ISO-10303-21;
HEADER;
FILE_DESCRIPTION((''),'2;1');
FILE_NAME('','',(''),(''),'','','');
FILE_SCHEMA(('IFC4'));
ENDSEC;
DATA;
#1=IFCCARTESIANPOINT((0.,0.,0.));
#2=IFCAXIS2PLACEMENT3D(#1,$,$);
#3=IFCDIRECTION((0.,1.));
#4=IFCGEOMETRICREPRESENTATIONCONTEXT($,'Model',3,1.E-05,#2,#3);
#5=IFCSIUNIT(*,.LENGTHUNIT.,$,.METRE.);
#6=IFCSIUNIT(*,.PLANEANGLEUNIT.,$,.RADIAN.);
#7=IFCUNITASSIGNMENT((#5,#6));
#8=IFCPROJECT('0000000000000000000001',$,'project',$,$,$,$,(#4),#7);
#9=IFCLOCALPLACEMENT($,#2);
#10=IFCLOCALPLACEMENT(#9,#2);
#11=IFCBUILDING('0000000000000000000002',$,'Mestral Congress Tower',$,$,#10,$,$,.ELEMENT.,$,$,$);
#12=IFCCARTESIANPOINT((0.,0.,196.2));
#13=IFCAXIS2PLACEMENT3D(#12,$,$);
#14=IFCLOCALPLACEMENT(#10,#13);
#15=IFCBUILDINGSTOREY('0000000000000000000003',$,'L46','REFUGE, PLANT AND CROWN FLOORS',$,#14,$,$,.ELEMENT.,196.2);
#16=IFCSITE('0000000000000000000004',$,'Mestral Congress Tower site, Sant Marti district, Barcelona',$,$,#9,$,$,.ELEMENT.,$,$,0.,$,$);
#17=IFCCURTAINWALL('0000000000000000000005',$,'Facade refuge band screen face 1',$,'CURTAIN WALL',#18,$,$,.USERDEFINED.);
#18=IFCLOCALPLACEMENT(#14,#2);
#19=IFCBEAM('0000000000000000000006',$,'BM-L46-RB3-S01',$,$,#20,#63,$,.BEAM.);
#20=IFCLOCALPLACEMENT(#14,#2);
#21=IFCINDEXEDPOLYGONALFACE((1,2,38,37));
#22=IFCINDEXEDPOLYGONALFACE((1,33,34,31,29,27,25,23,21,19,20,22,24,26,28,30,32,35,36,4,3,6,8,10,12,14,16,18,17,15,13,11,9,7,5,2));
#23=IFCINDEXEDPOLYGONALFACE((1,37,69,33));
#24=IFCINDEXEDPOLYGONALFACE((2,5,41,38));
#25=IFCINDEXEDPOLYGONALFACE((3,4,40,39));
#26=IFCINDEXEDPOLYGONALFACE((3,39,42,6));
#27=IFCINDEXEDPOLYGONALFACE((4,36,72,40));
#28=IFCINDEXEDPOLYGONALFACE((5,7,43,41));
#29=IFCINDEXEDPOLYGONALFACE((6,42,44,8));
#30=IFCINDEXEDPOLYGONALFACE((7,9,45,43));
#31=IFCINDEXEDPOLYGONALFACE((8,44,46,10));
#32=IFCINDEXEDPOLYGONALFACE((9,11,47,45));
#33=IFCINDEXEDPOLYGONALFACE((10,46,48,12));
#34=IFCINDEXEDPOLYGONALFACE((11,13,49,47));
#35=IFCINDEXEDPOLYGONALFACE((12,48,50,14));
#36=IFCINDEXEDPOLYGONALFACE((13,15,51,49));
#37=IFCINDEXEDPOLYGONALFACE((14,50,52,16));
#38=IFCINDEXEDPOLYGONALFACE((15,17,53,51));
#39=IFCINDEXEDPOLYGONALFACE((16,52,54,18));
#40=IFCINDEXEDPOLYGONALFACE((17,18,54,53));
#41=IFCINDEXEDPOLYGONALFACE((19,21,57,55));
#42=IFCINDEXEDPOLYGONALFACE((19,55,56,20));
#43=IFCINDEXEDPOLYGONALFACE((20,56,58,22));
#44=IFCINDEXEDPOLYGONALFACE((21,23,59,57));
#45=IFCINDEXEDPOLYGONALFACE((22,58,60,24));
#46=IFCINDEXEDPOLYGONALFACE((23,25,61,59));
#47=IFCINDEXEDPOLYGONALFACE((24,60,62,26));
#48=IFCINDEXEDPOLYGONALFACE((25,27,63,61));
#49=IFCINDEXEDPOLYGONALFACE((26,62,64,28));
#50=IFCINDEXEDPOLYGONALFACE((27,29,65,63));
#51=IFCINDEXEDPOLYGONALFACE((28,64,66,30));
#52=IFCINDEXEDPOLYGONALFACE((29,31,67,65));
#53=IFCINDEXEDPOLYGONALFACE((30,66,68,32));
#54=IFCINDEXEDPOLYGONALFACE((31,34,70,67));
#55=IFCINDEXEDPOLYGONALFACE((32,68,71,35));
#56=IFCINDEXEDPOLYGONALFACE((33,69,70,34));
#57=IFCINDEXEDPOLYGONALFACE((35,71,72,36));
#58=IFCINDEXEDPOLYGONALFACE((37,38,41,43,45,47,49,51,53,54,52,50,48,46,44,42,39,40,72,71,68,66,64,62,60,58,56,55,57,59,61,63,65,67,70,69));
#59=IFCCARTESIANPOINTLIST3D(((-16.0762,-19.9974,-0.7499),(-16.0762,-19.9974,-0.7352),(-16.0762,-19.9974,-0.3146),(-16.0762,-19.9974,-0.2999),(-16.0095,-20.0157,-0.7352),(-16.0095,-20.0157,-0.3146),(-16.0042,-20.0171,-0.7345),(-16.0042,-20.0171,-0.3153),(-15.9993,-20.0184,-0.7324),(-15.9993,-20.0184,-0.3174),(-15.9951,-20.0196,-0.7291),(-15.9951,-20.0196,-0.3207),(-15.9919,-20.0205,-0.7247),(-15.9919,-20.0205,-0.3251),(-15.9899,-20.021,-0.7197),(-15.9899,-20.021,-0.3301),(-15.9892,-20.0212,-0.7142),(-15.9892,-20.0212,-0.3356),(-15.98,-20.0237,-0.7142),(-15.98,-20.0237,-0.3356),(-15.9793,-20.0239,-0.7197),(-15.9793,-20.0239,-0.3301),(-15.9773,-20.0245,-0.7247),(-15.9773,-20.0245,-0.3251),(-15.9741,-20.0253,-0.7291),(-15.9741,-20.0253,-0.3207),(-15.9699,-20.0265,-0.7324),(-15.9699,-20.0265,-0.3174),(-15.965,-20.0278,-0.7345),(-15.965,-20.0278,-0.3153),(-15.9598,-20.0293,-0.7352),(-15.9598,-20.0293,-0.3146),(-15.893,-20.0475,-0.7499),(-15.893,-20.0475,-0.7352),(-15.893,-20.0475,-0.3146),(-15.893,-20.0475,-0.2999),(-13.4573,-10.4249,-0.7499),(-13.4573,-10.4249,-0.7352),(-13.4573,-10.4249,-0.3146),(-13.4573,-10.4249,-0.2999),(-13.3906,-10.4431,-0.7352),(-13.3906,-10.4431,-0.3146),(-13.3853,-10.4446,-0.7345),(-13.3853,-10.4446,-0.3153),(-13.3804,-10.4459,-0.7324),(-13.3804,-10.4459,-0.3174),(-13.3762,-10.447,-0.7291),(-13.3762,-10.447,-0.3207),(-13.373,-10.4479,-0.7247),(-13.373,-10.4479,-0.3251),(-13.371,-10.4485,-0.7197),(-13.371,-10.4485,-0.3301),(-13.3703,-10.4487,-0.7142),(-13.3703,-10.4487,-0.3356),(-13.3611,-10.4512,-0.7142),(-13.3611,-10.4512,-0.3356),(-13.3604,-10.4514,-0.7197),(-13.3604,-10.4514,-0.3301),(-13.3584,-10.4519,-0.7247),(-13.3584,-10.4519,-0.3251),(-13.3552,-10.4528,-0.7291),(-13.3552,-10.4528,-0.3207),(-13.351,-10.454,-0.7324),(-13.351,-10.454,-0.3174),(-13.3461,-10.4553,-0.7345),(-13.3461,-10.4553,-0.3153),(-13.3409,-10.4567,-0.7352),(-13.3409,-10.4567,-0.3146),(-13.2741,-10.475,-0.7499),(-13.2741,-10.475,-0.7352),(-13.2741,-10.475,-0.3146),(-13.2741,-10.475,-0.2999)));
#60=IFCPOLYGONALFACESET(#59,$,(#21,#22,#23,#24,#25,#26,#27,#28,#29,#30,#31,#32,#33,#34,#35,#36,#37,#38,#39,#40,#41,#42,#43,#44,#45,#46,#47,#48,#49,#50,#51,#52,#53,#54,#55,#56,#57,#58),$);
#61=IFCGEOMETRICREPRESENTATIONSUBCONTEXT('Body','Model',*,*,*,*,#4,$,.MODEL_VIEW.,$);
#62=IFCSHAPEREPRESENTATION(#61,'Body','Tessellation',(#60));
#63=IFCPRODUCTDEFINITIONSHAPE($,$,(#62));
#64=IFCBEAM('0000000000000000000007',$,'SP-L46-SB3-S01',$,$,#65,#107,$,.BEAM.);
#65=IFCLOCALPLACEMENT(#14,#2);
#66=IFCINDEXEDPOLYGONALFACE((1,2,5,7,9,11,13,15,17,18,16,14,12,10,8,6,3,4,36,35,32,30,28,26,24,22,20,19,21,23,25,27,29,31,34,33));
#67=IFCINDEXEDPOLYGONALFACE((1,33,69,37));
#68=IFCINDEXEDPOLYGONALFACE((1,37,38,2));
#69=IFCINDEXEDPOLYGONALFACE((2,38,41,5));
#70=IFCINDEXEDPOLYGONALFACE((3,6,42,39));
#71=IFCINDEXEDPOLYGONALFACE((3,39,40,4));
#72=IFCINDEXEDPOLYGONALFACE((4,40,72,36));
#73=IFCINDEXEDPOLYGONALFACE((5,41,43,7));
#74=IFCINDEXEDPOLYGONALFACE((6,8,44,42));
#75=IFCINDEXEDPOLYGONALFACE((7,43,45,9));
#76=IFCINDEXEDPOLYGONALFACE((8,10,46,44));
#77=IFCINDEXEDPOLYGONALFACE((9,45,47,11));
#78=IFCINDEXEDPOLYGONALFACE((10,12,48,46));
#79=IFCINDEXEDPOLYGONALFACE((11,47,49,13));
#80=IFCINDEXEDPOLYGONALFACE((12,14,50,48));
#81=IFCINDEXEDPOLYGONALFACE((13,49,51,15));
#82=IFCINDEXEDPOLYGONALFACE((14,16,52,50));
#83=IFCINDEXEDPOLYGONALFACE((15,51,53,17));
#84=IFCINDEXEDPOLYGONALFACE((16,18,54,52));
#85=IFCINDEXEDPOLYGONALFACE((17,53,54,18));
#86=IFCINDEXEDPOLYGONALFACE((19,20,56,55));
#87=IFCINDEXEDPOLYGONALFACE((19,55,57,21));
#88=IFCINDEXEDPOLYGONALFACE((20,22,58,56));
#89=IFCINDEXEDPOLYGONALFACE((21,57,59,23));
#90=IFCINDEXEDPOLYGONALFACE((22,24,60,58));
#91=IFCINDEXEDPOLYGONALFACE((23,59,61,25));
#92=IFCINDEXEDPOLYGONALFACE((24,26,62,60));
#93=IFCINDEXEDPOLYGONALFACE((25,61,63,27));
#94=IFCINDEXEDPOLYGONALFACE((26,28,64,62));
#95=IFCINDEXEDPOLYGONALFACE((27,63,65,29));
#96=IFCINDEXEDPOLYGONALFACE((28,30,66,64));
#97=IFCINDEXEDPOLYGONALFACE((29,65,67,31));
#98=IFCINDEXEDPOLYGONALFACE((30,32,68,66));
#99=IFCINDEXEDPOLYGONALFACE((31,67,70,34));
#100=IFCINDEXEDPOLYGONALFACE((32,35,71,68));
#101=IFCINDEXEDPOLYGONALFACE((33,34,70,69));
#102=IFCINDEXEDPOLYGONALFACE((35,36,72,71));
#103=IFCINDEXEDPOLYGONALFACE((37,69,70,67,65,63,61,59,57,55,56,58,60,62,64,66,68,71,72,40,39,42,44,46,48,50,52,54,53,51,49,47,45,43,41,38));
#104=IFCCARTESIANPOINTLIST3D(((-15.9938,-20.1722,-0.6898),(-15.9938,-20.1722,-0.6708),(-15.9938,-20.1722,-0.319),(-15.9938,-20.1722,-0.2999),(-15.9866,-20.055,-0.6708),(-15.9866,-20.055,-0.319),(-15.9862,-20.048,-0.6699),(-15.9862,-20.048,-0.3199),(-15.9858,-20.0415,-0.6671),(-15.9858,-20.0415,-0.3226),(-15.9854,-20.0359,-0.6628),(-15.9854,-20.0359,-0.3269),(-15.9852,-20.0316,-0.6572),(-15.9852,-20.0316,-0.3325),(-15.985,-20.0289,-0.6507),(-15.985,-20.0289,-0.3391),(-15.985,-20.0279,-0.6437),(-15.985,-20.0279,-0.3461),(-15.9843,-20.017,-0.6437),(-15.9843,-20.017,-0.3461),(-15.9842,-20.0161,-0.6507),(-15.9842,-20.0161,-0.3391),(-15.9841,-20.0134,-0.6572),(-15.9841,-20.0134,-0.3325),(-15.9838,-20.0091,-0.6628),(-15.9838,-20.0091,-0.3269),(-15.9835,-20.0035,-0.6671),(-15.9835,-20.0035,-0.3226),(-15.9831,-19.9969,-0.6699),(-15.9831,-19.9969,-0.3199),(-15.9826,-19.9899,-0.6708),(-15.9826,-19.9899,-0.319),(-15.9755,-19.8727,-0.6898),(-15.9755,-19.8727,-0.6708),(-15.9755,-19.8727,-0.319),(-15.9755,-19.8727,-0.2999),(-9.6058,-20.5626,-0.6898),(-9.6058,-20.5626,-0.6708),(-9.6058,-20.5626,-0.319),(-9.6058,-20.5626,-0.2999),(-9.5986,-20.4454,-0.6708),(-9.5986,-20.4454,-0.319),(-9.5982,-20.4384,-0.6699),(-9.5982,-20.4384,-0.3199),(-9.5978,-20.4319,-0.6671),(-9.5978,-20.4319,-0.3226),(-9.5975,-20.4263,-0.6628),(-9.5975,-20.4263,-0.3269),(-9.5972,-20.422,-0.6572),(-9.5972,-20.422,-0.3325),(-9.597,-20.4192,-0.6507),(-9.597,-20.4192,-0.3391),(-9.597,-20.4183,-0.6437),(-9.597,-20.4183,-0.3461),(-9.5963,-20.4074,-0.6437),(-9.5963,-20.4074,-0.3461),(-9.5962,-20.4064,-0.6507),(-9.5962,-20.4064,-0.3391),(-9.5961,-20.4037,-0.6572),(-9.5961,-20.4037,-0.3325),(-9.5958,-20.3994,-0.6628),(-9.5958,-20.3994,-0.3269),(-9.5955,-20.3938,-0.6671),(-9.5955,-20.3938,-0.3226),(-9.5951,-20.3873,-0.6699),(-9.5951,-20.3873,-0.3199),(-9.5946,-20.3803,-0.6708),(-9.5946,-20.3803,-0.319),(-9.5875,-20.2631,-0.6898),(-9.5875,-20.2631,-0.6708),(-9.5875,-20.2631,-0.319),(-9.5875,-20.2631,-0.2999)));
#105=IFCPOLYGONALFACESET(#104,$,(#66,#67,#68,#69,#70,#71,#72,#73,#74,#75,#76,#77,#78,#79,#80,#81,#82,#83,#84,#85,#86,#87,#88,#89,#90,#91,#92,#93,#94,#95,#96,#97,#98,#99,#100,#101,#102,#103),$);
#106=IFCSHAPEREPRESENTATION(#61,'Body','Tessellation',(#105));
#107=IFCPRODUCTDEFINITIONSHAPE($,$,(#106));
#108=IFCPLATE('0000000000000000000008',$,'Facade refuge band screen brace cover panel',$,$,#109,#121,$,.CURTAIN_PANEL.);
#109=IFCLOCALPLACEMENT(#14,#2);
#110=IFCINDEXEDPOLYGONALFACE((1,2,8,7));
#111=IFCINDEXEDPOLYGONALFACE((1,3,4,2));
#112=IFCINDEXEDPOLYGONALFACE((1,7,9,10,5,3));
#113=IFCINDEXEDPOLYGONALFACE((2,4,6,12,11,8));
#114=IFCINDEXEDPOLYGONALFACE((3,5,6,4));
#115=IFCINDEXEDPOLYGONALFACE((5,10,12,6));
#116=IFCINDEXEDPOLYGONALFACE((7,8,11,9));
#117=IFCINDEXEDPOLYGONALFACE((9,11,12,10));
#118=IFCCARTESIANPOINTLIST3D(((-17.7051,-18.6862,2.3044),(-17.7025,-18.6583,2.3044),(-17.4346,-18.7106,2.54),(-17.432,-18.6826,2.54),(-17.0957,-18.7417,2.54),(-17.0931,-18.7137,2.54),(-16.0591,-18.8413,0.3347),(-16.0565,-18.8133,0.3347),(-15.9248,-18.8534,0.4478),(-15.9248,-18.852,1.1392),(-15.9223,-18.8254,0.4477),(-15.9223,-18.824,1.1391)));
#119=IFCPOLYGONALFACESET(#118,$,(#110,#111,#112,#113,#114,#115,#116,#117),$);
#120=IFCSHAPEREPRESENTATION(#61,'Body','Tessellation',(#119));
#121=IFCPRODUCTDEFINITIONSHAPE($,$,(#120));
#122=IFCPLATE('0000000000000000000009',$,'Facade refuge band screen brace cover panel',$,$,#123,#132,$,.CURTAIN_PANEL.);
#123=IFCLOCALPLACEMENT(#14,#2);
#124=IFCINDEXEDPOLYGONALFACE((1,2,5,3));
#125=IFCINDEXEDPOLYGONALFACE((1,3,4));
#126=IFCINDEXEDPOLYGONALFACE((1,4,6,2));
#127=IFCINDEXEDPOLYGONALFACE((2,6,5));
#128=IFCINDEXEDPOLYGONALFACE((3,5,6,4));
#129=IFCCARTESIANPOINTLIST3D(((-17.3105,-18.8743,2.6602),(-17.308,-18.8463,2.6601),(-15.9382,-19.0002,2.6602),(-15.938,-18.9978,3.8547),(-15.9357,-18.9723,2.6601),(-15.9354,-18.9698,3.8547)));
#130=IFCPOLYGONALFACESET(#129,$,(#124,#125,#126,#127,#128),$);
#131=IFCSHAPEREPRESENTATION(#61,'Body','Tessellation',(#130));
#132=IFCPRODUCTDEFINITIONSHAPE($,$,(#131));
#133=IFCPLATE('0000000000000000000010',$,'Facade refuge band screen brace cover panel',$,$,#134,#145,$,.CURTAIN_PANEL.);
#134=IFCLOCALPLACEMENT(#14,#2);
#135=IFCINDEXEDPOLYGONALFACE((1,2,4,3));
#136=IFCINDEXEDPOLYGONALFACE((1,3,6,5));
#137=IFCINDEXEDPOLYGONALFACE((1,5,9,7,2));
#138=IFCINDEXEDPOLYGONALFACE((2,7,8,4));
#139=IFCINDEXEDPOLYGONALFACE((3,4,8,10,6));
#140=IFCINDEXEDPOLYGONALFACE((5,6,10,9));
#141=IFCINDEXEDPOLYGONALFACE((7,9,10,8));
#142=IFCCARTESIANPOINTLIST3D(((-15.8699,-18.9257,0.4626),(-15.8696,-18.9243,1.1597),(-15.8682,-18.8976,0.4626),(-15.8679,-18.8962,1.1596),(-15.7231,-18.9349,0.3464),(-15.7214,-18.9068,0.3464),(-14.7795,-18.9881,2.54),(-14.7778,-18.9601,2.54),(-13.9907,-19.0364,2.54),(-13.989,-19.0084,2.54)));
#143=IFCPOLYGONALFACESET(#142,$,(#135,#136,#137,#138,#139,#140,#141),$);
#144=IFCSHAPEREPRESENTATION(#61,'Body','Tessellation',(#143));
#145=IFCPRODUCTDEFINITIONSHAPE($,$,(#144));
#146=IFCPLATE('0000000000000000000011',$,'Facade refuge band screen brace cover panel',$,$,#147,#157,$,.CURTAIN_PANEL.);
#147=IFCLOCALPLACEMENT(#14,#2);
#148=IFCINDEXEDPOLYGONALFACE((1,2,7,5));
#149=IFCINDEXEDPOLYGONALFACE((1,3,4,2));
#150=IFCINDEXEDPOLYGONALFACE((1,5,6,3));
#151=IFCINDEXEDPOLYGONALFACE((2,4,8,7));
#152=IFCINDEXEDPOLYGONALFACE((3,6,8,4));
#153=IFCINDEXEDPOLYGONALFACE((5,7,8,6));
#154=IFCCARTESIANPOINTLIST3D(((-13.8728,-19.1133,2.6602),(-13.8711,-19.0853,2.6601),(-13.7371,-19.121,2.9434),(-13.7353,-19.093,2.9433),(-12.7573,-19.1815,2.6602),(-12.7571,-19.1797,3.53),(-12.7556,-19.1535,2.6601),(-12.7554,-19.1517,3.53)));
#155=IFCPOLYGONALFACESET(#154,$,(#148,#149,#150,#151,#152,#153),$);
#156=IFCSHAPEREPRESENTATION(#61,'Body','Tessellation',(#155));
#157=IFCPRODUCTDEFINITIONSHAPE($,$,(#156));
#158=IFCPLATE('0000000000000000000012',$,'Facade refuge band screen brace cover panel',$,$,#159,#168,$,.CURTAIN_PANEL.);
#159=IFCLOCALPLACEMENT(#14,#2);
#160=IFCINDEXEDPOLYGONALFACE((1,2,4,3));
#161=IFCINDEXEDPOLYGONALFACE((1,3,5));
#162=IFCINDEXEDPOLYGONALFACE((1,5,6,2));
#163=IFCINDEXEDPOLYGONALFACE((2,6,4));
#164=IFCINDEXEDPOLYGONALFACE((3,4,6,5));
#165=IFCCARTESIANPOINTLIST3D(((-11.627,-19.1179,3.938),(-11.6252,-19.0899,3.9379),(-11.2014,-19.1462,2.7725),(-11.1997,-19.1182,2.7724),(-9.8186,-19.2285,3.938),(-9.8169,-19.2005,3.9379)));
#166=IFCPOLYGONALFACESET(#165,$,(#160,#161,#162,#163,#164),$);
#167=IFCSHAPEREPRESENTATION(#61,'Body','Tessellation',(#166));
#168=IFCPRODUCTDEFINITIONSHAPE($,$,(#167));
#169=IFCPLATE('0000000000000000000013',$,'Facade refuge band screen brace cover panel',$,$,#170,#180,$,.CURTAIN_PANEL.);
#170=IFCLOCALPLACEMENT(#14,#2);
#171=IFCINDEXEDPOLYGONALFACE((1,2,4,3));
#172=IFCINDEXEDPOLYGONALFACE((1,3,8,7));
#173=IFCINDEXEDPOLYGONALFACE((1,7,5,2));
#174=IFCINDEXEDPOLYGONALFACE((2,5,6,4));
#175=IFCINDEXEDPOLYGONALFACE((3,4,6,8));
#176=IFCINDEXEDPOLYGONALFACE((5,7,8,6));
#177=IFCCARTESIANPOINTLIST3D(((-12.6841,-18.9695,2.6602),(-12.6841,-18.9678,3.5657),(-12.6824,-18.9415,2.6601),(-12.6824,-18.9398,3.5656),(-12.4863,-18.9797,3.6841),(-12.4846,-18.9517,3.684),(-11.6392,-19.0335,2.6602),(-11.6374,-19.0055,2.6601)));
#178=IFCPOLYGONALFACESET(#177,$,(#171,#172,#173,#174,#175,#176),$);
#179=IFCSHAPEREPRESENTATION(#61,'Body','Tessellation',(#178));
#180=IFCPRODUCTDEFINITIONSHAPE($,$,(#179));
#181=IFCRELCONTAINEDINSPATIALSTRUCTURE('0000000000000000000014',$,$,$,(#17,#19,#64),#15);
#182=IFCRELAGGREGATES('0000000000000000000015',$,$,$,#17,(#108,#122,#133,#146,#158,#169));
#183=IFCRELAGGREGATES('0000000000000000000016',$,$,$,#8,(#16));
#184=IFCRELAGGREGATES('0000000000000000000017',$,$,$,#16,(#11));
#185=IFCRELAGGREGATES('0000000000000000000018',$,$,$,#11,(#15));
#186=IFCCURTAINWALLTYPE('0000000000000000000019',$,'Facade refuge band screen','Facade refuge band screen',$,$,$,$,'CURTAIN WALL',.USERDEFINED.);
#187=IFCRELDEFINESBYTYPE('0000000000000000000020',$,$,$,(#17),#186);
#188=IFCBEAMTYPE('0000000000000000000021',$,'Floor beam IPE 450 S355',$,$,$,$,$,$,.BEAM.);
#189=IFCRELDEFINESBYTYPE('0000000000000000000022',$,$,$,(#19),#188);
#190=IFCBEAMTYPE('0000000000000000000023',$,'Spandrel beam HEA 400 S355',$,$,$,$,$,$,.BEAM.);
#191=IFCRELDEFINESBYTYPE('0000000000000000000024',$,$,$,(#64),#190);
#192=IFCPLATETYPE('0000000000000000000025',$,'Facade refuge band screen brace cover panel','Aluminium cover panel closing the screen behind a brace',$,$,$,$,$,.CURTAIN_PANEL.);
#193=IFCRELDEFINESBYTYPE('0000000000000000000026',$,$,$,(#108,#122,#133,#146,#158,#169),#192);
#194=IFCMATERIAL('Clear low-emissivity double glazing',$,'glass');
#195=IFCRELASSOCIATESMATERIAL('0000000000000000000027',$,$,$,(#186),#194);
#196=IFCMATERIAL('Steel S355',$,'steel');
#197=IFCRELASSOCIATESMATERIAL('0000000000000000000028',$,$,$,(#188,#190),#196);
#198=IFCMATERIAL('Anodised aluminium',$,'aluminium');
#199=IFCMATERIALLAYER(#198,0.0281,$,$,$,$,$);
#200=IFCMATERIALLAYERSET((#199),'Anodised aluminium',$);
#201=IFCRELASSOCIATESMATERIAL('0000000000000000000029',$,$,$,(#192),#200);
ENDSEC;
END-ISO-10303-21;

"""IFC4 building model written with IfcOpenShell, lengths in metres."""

from ifc_helpers import new_model, si_unit, direction, frame, origin, origin_2d, place, context, subcontext, project, spatial, polyline, i_section, outline, extrude, material, layer, layer_set, material_profile, profile_set, type_object, element, aggregate, save


model = new_model("IFC4")

# Units and contexts
model_context = context("Model", 3, precision=1e-05, world=origin(), true_north=direction((0.0, 1.0)))
body_context = subcontext(model_context, "Body", "Model", "MODEL_VIEW")
ifc_project = project(units=[si_unit("LENGTHUNIT", "METRE"), si_unit("PLANEANGLEUNIT", "RADIAN")], contexts=[model_context])

# Site, building, storey
site_placement = place(None, origin())
site = spatial("IfcSite", under=ifc_project, at=site_placement, Name="Mestral Congress Tower site, Sant Marti district, Barcelona", CompositionType="ELEMENT", RefElevation=0.0)
building_placement = place(site_placement, origin())
building = spatial("IfcBuilding", under=site, at=building_placement, Name="Mestral Congress Tower", CompositionType="ELEMENT")
storey_placement = place(building_placement, frame((0.0, 0.0, 196.2)))
storey = spatial("IfcBuildingStorey", under=building, at=storey_placement, Name="L46", Description="REFUGE, PLANT AND CROWN FLOORS", CompositionType="ELEMENT", Elevation=196.2)

# Shared definitions
ifc_material_1 = material(Name="Steel S355", Category="steel")

# Curtain wall
ifc_material_2 = material(Name="Clear low-emissivity double glazing", Category="glass")
curtain_wall_type = type_object("IfcCurtainWallType", Name="Facade refuge band screen", Description="Facade refuge band screen", ElementType="CURTAIN WALL", PredefinedType="USERDEFINED", material=ifc_material_2)
curtain_wall_placement = place(storey_placement, origin())
curtain_wall = element("IfcCurtainWall", 1, at=curtain_wall_placement, inside=storey, type_object=curtain_wall_type, Name="Facade refuge band screen face 1", ObjectType="CURTAIN WALL", PredefinedType="USERDEFINED")
ifc_material_3 = material(Name="Anodised aluminium", Category="aluminium")

# Beams
ifc_material_profile_1 = material_profile(ifc_material_1, i_section(OverallWidth=0.1899, OverallDepth=0.45, WebThickness=0.0095, FlangeThickness=0.0146, FilletRadius=0.021, at=origin_2d()), Name="IPE 450")
ifc_profile_set_1 = profile_set([ifc_material_profile_1], Name="Steel S355")
beam_type_1 = type_object("IfcBeamType", Name="Floor beam IPE 450 S355", PredefinedType="BEAM", material=ifc_profile_set_1)
beam_1_placement = place(storey_placement, frame((-15.9846, -20.0225, -0.5249), z_axis=(0.263888, 0.964553, 0.0), x_axis=(-0.964553, 0.263888, 0.0)))
element("IfcBeam", 2, at=beam_1_placement, inside=storey, type_object=beam_type_1, Name="BM-L46-RB3-S01", PredefinedType="BEAM", context=body_context, shape_type="SweptSolid", body=[
    extrude(i_section(OverallWidth=0.1899, OverallDepth=0.45, WebThickness=0.0095, FlangeThickness=0.0146, FilletRadius=0.021, at=origin_2d()), origin(), (0.0, 0.0, 1.0), 9.9243),
])
ifc_material_profile_2 = material_profile(ifc_material_1, i_section(OverallWidth=0.3, OverallDepth=0.3899, WebThickness=0.011, FlangeThickness=0.019, FilletRadius=0.0271, at=origin_2d()), Name="HEA 400")
ifc_profile_set_2 = profile_set([ifc_material_profile_2], Name="Steel S355")
beam_type_2 = type_object("IfcBeamType", Name="Spandrel beam HEA 400 S355", PredefinedType="BEAM", material=ifc_profile_set_2)
beam_2_placement = place(storey_placement, frame((-15.9846, -20.0225, -0.4949), z_axis=(0.998138, -0.060998, 0.0), x_axis=(0.060998, 0.998138, 0.0)))
element("IfcBeam", 3, at=beam_2_placement, inside=storey, type_object=beam_type_2, Name="SP-L46-SB3-S01", PredefinedType="BEAM", context=body_context, shape_type="SweptSolid", body=[
    extrude(i_section(OverallWidth=0.3, OverallDepth=0.3899, WebThickness=0.011, FlangeThickness=0.019, FilletRadius=0.0271, at=origin_2d()), origin(), (0.0, 0.0, 1.0), 6.3999),
])

# Plates
ifc_layer_1 = layer(ifc_material_3, 0.0281)
ifc_layer_set_1 = layer_set([ifc_layer_1], Name="Anodised aluminium")
plate_type_1 = type_object("IfcPlateType", Name="Facade refuge band screen brace cover panel", Description="Aluminium cover panel closing the screen behind a brace", PredefinedType="CURTAIN_PANEL", material=ifc_layer_set_1)
plate_1_placement = place(storey_placement, frame((-16.0591, -18.8413, 0.3347), z_axis=(-0.091392, -0.995813, 0.002021), x_axis=(-0.640069, 0.060297, 0.765948)))
plate_1 = element("IfcPlate", 4, at=plate_1_placement, type_object=plate_type_1, Name="Facade refuge band screen brace cover panel", PredefinedType="CURTAIN_PANEL", context=body_context, shape_type="SweptSolid", body=[
    extrude(outline(polyline([(0.0, 0.0), (2.5716, 0.0), (2.5775, -0.3595), (2.3587, -0.6202), (0.5296, -0.6203), (-0.0001, -0.1759), (0.0, 0.0)])), origin(), (0.0, 0.0, -1.0), 0.0281),
])
plate_2_placement = place(storey_placement, frame((-17.3105, -18.8743, 2.6602), z_axis=(-0.091414, -0.995811, 0.002054), x_axis=(0.752587, -0.067736, 0.655)))
plate_2 = element("IfcPlate", 5, at=plate_2_placement, type_object=plate_type_1, Name="Facade refuge band screen brace cover panel", PredefinedType="CURTAIN_PANEL", context=body_context, shape_type="SweptSolid", body=[
    extrude(outline(polyline([(0.0, 0.0), (1.8238, 0.0), (1.0413, -0.9026), (0.0, 0.0)])), origin(), (0.0, 0.0, -1.0), 0.0281),
])
plate_3_placement = place(storey_placement, frame((-13.9907, -19.0364, 2.54), z_axis=(-0.061047, -0.998133, 0.002023), x_axis=(-0.619375, 0.036292, -0.784256)))
plate_3 = element("IfcPlate", 6, at=plate_3_placement, type_object=plate_type_1, Name="Facade refuge band screen brace cover panel", PredefinedType="CURTAIN_PANEL", context=body_context, shape_type="SweptSolid", body=[
    extrude(outline(polyline([(0.0, 0.0), (2.7971, 0.0), (2.7971, -0.1874), (2.2504, -0.6197), (0.4903, -0.6198), (0.0, 0.0)])), origin(), (0.0, 0.0, -1.0), 0.0281),
])
plate_4_placement = place(storey_placement, frame((-13.8728, -19.1133, 2.6602), z_axis=(-0.061068, -0.998131, 0.00213), x_axis=(0.432114, -0.024514, 0.901486)))
plate_4 = element("IfcPlate", 7, at=plate_4_placement, type_object=plate_type_1, Name="Facade refuge band screen brace cover panel", PredefinedType="CURTAIN_PANEL", context=body_context, shape_type="SweptSolid", body=[
    extrude(outline(polyline([(0.0, 0.0), (0.3142, 0.0), (1.2679, -0.6311), (0.4837, -1.0075), (0.0, 0.0)])), origin(), (0.0, 0.0, -1.0), 0.0281),
])
plate_5_placement = place(storey_placement, frame((-9.8186, -19.2285, 3.938), z_axis=(-0.061044, -0.998133, 0.001966), x_axis=(-0.763834, 0.045447, -0.643811)))
plate_5 = element("IfcPlate", 8, at=plate_5_placement, type_object=plate_type_1, Name="Facade refuge band screen brace cover panel", PredefinedType="CURTAIN_PANEL", context=body_context, shape_type="SweptSolid", body=[
    extrude(outline(polyline([(0.0, 0.0), (1.8104, 0.0), (1.3863, -1.1664), (0.0, 0.0)])), origin(), (0.0, 0.0, -1.0), 0.0281),
])
plate_6_placement = place(storey_placement, frame((-12.6841, -18.9695, 2.6602), z_axis=(-0.061159, -0.998126, 0.001816), x_axis=(-0.000004, 0.00182, 0.999998)))
plate_6 = element("IfcPlate", 9, at=plate_6_placement, type_object=plate_type_1, Name="Facade refuge band screen brace cover panel", PredefinedType="CURTAIN_PANEL", context=body_context, shape_type="SweptSolid", body=[
    extrude(outline(polyline([(0.0, 0.0), (0.9055, 0.0), (1.0239, -0.1981), (-0.0001, -1.0469), (0.0, 0.0)])), origin(), (0.0, 0.0, -1.0), 0.0281),
])

aggregate(curtain_wall, [plate_1, plate_2, plate_3, plate_4, plate_5, plate_6])

save(model, "model.ifc")
